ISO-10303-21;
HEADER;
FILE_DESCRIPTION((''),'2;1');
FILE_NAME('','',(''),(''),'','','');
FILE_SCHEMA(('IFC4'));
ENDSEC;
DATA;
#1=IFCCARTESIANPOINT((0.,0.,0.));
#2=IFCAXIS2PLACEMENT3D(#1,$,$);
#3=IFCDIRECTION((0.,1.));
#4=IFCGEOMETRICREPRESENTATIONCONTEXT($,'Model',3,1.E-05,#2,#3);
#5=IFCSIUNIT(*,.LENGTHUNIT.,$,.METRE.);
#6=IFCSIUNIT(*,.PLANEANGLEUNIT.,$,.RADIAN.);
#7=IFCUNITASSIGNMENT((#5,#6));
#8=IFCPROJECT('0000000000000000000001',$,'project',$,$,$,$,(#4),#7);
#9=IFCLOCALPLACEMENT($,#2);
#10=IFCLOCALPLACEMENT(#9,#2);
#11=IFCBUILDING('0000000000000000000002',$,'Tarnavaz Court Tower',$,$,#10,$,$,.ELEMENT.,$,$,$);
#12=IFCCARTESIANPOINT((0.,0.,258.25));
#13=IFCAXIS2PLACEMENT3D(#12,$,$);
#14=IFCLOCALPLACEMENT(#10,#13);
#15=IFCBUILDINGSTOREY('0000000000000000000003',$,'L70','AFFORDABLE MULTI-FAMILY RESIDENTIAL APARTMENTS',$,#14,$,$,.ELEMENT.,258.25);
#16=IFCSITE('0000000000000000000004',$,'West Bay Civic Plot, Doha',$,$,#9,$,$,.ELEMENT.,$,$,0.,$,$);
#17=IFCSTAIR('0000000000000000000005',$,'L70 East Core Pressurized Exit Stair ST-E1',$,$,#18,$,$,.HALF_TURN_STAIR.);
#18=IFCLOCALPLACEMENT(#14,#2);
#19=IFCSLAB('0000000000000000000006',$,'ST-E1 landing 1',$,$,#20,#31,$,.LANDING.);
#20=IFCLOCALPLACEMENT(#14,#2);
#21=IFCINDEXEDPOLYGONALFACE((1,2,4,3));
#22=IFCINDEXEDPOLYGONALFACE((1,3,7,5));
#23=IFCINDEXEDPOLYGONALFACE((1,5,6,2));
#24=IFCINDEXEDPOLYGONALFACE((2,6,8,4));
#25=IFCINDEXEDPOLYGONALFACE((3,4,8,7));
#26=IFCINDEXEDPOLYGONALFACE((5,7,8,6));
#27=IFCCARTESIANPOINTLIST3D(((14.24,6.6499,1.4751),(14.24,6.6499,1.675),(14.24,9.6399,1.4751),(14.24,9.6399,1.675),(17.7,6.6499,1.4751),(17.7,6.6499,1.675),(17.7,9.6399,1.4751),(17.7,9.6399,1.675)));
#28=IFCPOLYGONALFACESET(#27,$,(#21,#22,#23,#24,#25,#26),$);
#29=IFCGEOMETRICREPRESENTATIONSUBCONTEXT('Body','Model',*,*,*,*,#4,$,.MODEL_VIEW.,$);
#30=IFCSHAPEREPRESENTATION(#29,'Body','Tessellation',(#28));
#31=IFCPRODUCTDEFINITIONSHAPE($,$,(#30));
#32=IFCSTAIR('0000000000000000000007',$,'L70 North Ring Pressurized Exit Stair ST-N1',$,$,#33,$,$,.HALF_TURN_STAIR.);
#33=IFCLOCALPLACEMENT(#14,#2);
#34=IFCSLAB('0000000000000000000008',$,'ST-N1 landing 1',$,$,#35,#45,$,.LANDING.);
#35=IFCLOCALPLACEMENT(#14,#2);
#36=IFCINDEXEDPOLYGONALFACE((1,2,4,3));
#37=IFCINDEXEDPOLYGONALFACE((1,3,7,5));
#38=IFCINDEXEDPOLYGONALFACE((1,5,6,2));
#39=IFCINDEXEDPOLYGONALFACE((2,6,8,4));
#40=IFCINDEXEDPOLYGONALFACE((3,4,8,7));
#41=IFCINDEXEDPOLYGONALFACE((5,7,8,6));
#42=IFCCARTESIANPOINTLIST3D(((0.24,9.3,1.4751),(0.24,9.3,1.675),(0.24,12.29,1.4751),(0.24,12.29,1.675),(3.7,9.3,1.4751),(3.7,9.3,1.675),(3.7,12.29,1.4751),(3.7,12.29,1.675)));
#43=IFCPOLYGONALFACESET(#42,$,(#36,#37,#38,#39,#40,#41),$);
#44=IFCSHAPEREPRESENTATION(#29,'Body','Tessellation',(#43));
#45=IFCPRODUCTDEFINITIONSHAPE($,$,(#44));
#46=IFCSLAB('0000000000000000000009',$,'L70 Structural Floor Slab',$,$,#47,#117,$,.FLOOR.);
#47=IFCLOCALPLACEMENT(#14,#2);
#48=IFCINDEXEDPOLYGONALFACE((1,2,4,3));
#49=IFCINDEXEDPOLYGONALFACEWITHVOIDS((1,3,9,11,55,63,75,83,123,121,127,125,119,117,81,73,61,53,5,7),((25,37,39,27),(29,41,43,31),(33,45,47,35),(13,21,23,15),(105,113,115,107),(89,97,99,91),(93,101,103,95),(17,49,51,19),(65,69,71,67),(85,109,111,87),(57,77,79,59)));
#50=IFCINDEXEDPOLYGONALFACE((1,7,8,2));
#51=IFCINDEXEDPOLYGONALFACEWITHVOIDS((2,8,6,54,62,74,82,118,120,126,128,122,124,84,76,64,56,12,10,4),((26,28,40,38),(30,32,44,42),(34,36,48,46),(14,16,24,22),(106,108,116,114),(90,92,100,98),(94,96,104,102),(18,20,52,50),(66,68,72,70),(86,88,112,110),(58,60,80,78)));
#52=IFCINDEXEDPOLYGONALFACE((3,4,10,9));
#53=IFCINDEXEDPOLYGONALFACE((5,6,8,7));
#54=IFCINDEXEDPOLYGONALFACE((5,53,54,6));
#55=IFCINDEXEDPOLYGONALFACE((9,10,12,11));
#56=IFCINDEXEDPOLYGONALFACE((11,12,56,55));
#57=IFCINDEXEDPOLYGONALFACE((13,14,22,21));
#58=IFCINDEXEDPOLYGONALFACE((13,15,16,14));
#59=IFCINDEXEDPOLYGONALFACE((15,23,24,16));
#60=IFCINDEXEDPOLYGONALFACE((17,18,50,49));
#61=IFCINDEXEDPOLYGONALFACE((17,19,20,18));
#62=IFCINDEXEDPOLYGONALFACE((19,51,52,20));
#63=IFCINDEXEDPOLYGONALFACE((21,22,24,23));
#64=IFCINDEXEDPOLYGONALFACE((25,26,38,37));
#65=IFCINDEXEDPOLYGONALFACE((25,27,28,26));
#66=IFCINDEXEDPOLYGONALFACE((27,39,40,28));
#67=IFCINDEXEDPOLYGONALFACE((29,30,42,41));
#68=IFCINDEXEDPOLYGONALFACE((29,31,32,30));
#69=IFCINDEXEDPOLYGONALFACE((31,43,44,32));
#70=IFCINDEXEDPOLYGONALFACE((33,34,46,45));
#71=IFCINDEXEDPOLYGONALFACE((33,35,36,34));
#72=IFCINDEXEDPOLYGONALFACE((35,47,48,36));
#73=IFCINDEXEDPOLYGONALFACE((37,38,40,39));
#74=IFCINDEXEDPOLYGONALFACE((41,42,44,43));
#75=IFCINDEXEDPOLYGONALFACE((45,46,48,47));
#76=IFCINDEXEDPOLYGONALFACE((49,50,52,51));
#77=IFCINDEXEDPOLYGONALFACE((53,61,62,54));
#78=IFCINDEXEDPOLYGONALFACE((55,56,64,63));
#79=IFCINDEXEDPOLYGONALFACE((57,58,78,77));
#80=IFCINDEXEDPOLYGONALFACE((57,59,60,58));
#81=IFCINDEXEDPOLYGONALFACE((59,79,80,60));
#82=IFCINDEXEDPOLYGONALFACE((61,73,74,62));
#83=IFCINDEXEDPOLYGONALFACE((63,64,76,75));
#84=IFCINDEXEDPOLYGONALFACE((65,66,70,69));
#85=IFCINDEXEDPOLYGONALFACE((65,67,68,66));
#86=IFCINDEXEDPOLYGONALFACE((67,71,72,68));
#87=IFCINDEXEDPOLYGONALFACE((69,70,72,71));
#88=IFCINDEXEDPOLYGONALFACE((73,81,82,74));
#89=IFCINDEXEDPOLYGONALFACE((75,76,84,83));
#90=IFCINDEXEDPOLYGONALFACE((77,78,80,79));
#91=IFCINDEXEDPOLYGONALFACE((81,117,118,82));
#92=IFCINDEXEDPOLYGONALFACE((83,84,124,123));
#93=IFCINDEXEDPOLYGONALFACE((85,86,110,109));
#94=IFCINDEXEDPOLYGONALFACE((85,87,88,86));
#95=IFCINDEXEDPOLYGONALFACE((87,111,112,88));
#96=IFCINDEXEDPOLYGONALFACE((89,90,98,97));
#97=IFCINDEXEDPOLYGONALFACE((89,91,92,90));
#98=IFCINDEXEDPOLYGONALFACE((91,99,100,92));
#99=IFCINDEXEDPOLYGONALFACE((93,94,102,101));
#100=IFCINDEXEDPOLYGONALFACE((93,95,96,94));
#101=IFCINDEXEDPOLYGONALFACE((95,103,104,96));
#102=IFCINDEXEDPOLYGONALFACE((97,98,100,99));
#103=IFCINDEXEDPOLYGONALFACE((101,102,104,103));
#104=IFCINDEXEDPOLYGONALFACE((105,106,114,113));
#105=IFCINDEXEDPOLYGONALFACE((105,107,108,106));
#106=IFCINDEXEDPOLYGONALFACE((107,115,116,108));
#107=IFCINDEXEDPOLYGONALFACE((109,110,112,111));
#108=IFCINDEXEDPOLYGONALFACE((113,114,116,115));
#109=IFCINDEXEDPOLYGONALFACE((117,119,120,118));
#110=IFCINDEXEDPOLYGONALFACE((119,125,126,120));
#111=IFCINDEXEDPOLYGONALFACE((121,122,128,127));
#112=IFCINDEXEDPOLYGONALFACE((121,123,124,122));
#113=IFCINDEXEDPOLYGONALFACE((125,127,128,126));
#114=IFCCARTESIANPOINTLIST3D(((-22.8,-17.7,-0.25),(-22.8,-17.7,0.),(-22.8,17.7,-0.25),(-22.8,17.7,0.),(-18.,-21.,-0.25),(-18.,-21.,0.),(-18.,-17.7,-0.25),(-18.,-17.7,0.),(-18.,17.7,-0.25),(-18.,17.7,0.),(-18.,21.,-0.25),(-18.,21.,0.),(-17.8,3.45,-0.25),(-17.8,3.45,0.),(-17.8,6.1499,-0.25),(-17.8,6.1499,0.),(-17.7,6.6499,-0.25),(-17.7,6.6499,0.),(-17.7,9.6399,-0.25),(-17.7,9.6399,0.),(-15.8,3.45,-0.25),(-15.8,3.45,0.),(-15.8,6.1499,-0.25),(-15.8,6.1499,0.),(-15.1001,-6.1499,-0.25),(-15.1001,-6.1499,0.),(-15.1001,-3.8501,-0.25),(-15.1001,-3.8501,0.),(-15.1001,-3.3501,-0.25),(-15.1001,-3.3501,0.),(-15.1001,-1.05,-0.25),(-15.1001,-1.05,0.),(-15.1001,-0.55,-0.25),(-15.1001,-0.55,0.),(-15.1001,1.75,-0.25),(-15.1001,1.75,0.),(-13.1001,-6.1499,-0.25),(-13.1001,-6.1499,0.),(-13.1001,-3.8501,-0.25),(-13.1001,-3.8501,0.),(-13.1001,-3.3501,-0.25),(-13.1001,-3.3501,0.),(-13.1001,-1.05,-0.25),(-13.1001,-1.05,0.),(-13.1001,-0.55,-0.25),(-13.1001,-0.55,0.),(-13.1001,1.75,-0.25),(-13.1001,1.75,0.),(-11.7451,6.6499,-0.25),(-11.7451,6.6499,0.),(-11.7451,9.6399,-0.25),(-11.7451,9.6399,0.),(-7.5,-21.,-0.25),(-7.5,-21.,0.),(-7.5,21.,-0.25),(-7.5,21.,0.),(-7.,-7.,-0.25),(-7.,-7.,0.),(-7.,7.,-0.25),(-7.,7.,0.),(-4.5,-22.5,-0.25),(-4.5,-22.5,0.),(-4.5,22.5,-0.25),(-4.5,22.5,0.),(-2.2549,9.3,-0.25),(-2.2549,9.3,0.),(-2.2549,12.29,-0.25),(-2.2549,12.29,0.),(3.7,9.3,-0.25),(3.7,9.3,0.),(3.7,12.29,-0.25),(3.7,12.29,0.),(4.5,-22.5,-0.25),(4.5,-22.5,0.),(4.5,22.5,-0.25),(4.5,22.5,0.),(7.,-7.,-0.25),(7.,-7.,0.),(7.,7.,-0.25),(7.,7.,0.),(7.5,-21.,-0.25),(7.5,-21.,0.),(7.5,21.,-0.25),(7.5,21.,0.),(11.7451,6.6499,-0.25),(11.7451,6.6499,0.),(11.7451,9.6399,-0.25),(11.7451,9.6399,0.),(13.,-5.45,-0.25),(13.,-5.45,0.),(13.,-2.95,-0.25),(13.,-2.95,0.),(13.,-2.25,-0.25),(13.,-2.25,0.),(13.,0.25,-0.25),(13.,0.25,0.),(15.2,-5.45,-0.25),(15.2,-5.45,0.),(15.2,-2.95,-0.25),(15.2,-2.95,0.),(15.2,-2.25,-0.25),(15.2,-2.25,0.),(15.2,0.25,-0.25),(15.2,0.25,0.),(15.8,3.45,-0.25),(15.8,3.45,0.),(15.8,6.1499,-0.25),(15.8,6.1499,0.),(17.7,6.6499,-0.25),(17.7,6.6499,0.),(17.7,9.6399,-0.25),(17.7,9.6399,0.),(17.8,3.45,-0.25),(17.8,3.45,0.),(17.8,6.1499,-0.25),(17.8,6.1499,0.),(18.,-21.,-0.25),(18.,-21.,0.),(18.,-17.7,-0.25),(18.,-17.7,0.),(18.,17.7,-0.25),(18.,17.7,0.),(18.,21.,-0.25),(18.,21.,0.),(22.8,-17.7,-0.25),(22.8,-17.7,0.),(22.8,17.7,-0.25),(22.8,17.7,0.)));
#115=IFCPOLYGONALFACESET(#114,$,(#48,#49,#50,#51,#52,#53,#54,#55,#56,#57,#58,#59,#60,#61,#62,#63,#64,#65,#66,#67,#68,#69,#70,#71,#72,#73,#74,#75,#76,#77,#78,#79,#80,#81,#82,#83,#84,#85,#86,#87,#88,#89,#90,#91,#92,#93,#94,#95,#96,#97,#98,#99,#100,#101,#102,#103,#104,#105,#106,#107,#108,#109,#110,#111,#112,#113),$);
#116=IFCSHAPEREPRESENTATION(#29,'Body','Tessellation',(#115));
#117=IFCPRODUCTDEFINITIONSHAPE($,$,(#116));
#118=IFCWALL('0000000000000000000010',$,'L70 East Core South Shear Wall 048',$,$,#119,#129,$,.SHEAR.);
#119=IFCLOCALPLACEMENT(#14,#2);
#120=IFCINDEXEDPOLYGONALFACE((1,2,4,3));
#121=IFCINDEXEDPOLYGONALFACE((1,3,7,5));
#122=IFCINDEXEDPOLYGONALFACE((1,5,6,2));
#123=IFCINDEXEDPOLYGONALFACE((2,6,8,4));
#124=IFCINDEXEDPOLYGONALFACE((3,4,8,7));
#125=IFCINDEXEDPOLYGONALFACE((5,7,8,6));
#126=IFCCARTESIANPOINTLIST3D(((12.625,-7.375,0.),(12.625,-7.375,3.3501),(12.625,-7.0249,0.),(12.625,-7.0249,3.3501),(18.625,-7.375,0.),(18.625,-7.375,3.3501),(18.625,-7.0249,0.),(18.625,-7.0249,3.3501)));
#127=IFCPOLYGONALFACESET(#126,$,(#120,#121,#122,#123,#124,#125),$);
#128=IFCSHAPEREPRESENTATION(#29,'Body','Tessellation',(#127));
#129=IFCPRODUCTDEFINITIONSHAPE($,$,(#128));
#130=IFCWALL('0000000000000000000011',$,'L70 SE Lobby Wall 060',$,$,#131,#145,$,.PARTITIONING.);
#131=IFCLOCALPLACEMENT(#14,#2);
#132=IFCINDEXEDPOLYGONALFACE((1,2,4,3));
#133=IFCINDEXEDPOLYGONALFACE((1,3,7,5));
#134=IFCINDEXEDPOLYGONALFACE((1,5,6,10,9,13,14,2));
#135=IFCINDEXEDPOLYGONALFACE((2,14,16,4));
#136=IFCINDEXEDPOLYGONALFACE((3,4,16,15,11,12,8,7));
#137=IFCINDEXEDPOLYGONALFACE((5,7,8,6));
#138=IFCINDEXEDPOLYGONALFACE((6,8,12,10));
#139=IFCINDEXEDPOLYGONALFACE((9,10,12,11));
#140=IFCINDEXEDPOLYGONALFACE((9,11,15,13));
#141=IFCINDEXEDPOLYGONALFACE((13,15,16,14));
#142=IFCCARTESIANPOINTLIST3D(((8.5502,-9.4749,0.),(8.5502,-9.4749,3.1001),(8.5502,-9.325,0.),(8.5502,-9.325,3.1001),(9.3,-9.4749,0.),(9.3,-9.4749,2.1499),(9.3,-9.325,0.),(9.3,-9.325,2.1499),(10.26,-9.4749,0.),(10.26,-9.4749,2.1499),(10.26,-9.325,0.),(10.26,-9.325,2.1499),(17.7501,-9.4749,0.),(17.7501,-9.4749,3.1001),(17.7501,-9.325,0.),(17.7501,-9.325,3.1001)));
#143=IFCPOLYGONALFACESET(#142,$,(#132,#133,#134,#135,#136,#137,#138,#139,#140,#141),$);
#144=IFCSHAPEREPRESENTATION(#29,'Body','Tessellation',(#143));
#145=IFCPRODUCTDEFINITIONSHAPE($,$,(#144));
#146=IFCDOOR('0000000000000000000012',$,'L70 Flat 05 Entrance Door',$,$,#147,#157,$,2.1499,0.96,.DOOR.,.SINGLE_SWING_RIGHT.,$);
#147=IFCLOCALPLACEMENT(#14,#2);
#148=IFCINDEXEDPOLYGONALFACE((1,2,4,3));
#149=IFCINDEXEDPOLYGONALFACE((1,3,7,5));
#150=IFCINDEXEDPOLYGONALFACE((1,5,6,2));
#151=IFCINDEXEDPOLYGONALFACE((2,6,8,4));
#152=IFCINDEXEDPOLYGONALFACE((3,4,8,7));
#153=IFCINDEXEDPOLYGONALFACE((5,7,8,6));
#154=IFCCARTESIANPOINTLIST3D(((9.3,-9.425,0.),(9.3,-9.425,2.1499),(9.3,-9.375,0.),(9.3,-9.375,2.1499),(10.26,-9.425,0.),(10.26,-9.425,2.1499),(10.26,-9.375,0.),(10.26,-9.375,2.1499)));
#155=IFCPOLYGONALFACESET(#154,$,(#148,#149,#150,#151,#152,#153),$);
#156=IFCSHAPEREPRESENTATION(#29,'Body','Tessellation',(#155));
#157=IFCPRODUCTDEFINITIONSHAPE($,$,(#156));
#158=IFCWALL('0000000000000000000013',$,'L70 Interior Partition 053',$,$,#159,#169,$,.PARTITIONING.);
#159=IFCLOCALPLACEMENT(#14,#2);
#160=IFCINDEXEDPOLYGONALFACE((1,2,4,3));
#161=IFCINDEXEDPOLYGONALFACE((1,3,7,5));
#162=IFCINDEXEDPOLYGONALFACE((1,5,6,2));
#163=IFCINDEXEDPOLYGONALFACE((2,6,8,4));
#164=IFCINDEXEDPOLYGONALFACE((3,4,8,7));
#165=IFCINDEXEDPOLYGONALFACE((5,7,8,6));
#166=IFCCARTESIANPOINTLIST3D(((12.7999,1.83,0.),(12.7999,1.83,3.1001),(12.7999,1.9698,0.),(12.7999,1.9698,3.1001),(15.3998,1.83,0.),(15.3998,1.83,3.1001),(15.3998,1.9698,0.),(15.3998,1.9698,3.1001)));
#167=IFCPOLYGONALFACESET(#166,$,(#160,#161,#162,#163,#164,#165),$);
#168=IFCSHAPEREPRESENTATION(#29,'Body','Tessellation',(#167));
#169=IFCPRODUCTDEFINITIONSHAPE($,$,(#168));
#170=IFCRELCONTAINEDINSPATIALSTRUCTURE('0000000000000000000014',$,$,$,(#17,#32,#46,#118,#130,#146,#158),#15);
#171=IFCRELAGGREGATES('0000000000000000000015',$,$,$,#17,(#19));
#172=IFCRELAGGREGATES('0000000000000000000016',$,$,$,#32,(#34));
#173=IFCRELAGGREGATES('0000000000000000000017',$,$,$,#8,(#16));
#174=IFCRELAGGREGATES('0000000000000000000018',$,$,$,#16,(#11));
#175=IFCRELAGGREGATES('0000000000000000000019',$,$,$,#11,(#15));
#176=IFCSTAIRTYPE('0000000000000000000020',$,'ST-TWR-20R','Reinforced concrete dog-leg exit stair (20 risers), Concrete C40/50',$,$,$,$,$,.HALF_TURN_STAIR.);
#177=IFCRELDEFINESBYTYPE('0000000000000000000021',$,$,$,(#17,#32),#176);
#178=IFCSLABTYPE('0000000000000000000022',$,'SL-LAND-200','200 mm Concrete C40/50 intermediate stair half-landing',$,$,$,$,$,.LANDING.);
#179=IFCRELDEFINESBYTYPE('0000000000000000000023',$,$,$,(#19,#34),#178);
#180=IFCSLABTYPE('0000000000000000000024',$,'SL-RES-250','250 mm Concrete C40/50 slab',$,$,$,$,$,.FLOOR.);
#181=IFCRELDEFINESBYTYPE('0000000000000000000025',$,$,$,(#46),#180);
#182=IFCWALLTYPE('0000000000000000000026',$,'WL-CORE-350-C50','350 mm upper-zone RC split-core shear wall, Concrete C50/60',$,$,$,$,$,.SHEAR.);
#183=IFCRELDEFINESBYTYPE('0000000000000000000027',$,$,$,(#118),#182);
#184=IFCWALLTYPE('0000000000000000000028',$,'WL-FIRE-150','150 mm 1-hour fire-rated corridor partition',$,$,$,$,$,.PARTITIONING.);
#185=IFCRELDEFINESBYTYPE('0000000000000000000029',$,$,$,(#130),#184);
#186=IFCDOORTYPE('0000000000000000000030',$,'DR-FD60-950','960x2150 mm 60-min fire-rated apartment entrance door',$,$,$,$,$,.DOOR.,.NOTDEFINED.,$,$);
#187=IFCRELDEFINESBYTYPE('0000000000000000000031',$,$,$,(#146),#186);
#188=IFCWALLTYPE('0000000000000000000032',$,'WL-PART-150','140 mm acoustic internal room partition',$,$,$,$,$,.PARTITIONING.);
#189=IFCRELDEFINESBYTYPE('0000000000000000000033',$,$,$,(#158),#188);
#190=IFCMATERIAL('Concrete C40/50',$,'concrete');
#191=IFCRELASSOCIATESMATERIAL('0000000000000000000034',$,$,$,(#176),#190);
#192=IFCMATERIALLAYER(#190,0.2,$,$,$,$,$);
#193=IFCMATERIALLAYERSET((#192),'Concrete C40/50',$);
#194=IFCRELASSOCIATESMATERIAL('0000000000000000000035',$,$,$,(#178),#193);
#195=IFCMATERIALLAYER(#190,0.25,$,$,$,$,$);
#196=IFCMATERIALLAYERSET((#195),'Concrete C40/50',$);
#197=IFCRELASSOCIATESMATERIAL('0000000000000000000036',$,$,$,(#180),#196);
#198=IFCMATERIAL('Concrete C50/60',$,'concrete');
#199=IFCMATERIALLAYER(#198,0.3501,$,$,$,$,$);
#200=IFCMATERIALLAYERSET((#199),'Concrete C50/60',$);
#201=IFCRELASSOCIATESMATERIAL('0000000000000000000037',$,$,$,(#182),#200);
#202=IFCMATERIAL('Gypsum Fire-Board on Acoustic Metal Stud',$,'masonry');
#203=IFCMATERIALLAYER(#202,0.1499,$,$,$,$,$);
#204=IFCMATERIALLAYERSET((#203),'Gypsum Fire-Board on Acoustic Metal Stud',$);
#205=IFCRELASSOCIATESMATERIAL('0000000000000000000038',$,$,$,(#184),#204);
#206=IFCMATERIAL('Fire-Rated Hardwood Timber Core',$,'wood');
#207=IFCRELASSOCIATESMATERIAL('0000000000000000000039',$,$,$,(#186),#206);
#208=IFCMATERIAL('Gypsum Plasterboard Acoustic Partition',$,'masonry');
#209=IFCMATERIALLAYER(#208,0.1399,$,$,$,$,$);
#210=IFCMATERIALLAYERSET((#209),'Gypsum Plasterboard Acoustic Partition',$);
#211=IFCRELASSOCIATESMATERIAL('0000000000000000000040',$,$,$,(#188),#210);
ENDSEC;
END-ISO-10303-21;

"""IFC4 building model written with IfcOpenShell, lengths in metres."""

from ifc_helpers import new_model, si_unit, direction, frame, frame_2d, origin, place, context, subcontext, project, spatial, polyline, rectangle, outline, extrude, material, layer, layer_set, type_object, element, fill, aggregate, save


model = new_model("IFC4")

# Units and contexts
model_context = context("Model", 3, precision=1e-05, world=origin(), true_north=direction((0.0, 1.0)))
body_context = subcontext(model_context, "Body", "Model", "MODEL_VIEW")
ifc_project = project(units=[si_unit("LENGTHUNIT", "METRE"), si_unit("PLANEANGLEUNIT", "RADIAN")], contexts=[model_context])

# Site, building, storey
site_placement = place(None, origin())
site = spatial("IfcSite", under=ifc_project, at=site_placement, Name="West Bay Civic Plot, Doha", CompositionType="ELEMENT", RefElevation=0.0)
building_placement = place(site_placement, origin())
building = spatial("IfcBuilding", under=site, at=building_placement, Name="Tarnavaz Court Tower", CompositionType="ELEMENT")
storey_placement = place(building_placement, frame((0.0, 0.0, 258.25)))
storey = spatial("IfcBuildingStorey", under=building, at=storey_placement, Name="L70", Description="AFFORDABLE MULTI-FAMILY RESIDENTIAL APARTMENTS", CompositionType="ELEMENT", Elevation=258.25)

# Shared definitions
ifc_material_1 = material(Name="Concrete C50/60", Category="concrete")

# Stairs, slabs
ifc_material_2 = material(Name="Concrete C40/50", Category="concrete")
stair_type = type_object("IfcStairType", Name="ST-TWR-20R", Description="Reinforced concrete dog-leg exit stair (20 risers), Concrete C40/50", PredefinedType="HALF_TURN_STAIR", material=ifc_material_2)
ifc_layer_1 = layer(ifc_material_2, 0.2)
ifc_layer_set_1 = layer_set([ifc_layer_1], Name="Concrete C40/50")
slab_type_1 = type_object("IfcSlabType", Name="SL-LAND-200", Description="200 mm Concrete C40/50 intermediate stair half-landing", PredefinedType="LANDING", material=ifc_layer_set_1)
stair_1_placement = place(storey_placement, origin())
stair_1 = element("IfcStair", 1, at=stair_1_placement, inside=storey, type_object=stair_type, Name="L70 East Core Pressurized Exit Stair ST-E1", PredefinedType="HALF_TURN_STAIR")
slab_1_placement = place(storey_placement, frame((0.0, 0.0, 1.4751)))
slab_1 = element("IfcSlab", 2, at=slab_1_placement, type_object=slab_type_1, Name="ST-E1 landing 1", PredefinedType="LANDING", context=body_context, shape_type="SweptSolid", body=[
    extrude(outline(polyline([(14.24, 6.6499), (17.7, 6.6499), (17.7, 9.6399), (14.24, 9.6399), (14.24, 6.6499)])), origin(), (0.0, 0.0, 1.0), 0.2),
])
aggregate(stair_1, [slab_1])
stair_2_placement = place(storey_placement, origin())
stair_2 = element("IfcStair", 3, at=stair_2_placement, inside=storey, type_object=stair_type, Name="L70 North Ring Pressurized Exit Stair ST-N1", PredefinedType="HALF_TURN_STAIR")
slab_2_placement = place(storey_placement, frame((0.0, 0.0, 1.4751)))
slab_2 = element("IfcSlab", 4, at=slab_2_placement, type_object=slab_type_1, Name="ST-N1 landing 1", PredefinedType="LANDING", context=body_context, shape_type="SweptSolid", body=[
    extrude(outline(polyline([(0.24, 9.3), (3.7, 9.3), (3.7, 12.29), (0.24, 12.29), (0.24, 9.3)])), origin(), (0.0, 0.0, 1.0), 0.2),
])
aggregate(stair_2, [slab_2])

# Slab
ifc_layer_2 = layer(ifc_material_2, 0.25)
ifc_layer_set_2 = layer_set([ifc_layer_2], Name="Concrete C40/50")
slab_type_2 = type_object("IfcSlabType", Name="SL-RES-250", Description="250 mm Concrete C40/50 slab", PredefinedType="FLOOR", material=ifc_layer_set_2)
slab_3_placement = place(storey_placement, frame((0.0, 0.0, -0.25)))
element("IfcSlab", 5, at=slab_3_placement, inside=storey, type_object=slab_type_2, Name="L70 Structural Floor Slab", PredefinedType="FLOOR", context=body_context, shape_type="SweptSolid", body=[
    extrude(outline(polyline([(-18.0, -21.0), (-7.5, -21.0), (-4.5, -22.5), (4.5, -22.5), (7.5, -21.0), (18.0, -21.0), (18.0, -17.7), (22.8, -17.7), (22.8, 17.7), (18.0, 17.7), (18.0, 21.0), (7.5, 21.0), (4.5, 22.5), (-4.5, 22.5), (-7.5, 21.0), (-18.0, 21.0), (-18.0, 17.7), (-22.8, 17.7), (-22.8, -17.7), (-18.0, -17.7), (-18.0, -21.0)]), holes=[polyline([(-7.0, -7.0), (7.0, -7.0), (7.0, 7.0), (-7.0, 7.0), (-7.0, -7.0)]), polyline([(-11.7451, 9.6399), (-17.7, 9.6399), (-17.7, 6.6499), (-11.7451, 6.6499), (-11.7451, 9.6399)]), polyline([(11.7451, 6.6499), (17.7, 6.6499), (17.7, 9.6399), (11.7451, 9.6399), (11.7451, 6.6499)]), polyline([(-2.2549, 9.3), (3.7, 9.3), (3.7, 12.29), (-2.2549, 12.29), (-2.2549, 9.3)]), polyline([(-17.8, 3.45), (-15.8, 3.45), (-15.8, 6.1499), (-17.8, 6.1499), (-17.8, 3.45)]), polyline([(-15.1001, -6.1499), (-13.1001, -6.1499), (-13.1001, -3.8501), (-15.1001, -3.8501), (-15.1001, -6.1499)]), polyline([(-15.1001, -3.3501), (-13.1001, -3.3501), (-13.1001, -1.05), (-15.1001, -1.05), (-15.1001, -3.3501)]), polyline([(-15.1001, -0.55), (-13.1001, -0.55), (-13.1001, 1.75), (-15.1001, 1.75), (-15.1001, -0.55)]), polyline([(15.8, 3.45), (17.8, 3.45), (17.8, 6.1499), (15.8, 6.1499), (15.8, 3.45)]), polyline([(13.0, -5.45), (15.2, -5.45), (15.2, -2.95), (13.0, -2.95), (13.0, -5.45)]), polyline([(13.0, -2.25), (15.2, -2.25), (15.2, 0.25), (13.0, 0.25), (13.0, -2.25)])]), origin(), (0.0, 0.0, 1.0), 0.25),
])

# Wall
ifc_layer_3 = layer(ifc_material_1, 0.3501)
ifc_layer_set_3 = layer_set([ifc_layer_3], Name="Concrete C50/60")
wall_type_1 = type_object("IfcWallType", Name="WL-CORE-350-C50", Description="350 mm upper-zone RC split-core shear wall, Concrete C50/60", PredefinedType="SHEAR", material=ifc_layer_set_3)
wall_1_placement = place(storey_placement, frame((12.625, -7.2, 0.0), z_axis=(0.0, 0.0, 1.0), x_axis=(1.0, 0.0, 0.0)))
element("IfcWall", 6, at=wall_1_placement, inside=storey, type_object=wall_type_1, Name="L70 East Core South Shear Wall 048", PredefinedType="SHEAR", context=body_context, shape_type="SweptSolid", body=[
    extrude(rectangle(XDim=6.0, YDim=0.3501, at=frame_2d((3.0, 0.0))), origin(), (0.0, 0.0, 1.0), 3.3501),
])

# Wall, opening, door
ifc_material_3 = material(Name="Gypsum Fire-Board on Acoustic Metal Stud", Category="masonry")
ifc_layer_4 = layer(ifc_material_3, 0.1499)
ifc_layer_set_4 = layer_set([ifc_layer_4], Name="Gypsum Fire-Board on Acoustic Metal Stud")
wall_type_2 = type_object("IfcWallType", Name="WL-FIRE-150", Description="150 mm 1-hour fire-rated corridor partition", PredefinedType="PARTITIONING", material=ifc_layer_set_4)
wall_2_placement = place(storey_placement, frame((8.55, -9.3999, 0.0), z_axis=(0.0, 0.0, 1.0), x_axis=(1.0, 0.0, 0.0)))
wall_2 = element("IfcWall", 7, at=wall_2_placement, inside=storey, type_object=wall_type_2, Name="L70 SE Lobby Wall 060", PredefinedType="PARTITIONING", context=body_context, shape_type="SweptSolid", body=[
    extrude(rectangle(XDim=9.2, YDim=0.1499, at=frame_2d((4.6001, 0.0))), origin(), (0.0, 0.0, 1.0), 3.1001),
])
opening_1_placement = place(wall_2_placement, frame((0.75, 0.0, 0.0)))
opening_1 = element("IfcOpeningElement", 8, at=opening_1_placement, cuts=wall_2, PredefinedType="OPENING", context=body_context, shape_type="SweptSolid", body=[
    extrude(rectangle(XDim=0.96, YDim=2.1499, at=frame_2d((0.48, 1.075))), frame((0.0, 0.085, 0.0), z_axis=(0.0, -1.0, 0.0), x_axis=(1.0, 0.0, 0.0)), (0.0, 0.0, 1.0), 0.1699),
])
ifc_material_4 = material(Name="Fire-Rated Hardwood Timber Core", Category="wood")
door_type_1 = type_object("IfcDoorType", Name="DR-FD60-950", Description="960x2150 mm 60-min fire-rated apartment entrance door", OperationType="NOTDEFINED", PredefinedType="DOOR", material=ifc_material_4)
door_1_placement = place(opening_1_placement, origin())
door_1 = element("IfcDoor", 9, at=door_1_placement, inside=storey, type_object=door_type_1, Name="L70 Flat 05 Entrance Door", OperationType="SINGLE_SWING_RIGHT", OverallHeight=2.1499, OverallWidth=0.96, PredefinedType="DOOR", context=body_context, shape_type="SweptSolid", body=[
    extrude(rectangle(XDim=0.96, YDim=2.1499, at=frame_2d((0.48, 1.075))), frame((0.0, 0.0249, 0.0), z_axis=(0.0, -1.0, 0.0), x_axis=(1.0, 0.0, 0.0)), (0.0, 0.0, 1.0), 0.05),
])
fill(opening_1, door_1)

# Wall
ifc_material_5 = material(Name="Gypsum Plasterboard Acoustic Partition", Category="masonry")
ifc_layer_5 = layer(ifc_material_5, 0.1399)
ifc_layer_set_5 = layer_set([ifc_layer_5], Name="Gypsum Plasterboard Acoustic Partition")
wall_type_3 = type_object("IfcWallType", Name="WL-PART-150", Description="140 mm acoustic internal room partition", PredefinedType="PARTITIONING", material=ifc_layer_set_5)
wall_3_placement = place(storey_placement, frame((12.8, 1.8999, 0.0), z_axis=(0.0, 0.0, 1.0), x_axis=(1.0, 0.0, 0.0)))
element("IfcWall", 10, at=wall_3_placement, inside=storey, type_object=wall_type_3, Name="L70 Interior Partition 053", PredefinedType="PARTITIONING", context=body_context, shape_type="SweptSolid", body=[
    extrude(rectangle(XDim=2.5999, YDim=0.1399, at=frame_2d((1.2998, 0.0))), origin(), (0.0, 0.0, 1.0), 3.1001),
])

save(model, "model.ifc")
